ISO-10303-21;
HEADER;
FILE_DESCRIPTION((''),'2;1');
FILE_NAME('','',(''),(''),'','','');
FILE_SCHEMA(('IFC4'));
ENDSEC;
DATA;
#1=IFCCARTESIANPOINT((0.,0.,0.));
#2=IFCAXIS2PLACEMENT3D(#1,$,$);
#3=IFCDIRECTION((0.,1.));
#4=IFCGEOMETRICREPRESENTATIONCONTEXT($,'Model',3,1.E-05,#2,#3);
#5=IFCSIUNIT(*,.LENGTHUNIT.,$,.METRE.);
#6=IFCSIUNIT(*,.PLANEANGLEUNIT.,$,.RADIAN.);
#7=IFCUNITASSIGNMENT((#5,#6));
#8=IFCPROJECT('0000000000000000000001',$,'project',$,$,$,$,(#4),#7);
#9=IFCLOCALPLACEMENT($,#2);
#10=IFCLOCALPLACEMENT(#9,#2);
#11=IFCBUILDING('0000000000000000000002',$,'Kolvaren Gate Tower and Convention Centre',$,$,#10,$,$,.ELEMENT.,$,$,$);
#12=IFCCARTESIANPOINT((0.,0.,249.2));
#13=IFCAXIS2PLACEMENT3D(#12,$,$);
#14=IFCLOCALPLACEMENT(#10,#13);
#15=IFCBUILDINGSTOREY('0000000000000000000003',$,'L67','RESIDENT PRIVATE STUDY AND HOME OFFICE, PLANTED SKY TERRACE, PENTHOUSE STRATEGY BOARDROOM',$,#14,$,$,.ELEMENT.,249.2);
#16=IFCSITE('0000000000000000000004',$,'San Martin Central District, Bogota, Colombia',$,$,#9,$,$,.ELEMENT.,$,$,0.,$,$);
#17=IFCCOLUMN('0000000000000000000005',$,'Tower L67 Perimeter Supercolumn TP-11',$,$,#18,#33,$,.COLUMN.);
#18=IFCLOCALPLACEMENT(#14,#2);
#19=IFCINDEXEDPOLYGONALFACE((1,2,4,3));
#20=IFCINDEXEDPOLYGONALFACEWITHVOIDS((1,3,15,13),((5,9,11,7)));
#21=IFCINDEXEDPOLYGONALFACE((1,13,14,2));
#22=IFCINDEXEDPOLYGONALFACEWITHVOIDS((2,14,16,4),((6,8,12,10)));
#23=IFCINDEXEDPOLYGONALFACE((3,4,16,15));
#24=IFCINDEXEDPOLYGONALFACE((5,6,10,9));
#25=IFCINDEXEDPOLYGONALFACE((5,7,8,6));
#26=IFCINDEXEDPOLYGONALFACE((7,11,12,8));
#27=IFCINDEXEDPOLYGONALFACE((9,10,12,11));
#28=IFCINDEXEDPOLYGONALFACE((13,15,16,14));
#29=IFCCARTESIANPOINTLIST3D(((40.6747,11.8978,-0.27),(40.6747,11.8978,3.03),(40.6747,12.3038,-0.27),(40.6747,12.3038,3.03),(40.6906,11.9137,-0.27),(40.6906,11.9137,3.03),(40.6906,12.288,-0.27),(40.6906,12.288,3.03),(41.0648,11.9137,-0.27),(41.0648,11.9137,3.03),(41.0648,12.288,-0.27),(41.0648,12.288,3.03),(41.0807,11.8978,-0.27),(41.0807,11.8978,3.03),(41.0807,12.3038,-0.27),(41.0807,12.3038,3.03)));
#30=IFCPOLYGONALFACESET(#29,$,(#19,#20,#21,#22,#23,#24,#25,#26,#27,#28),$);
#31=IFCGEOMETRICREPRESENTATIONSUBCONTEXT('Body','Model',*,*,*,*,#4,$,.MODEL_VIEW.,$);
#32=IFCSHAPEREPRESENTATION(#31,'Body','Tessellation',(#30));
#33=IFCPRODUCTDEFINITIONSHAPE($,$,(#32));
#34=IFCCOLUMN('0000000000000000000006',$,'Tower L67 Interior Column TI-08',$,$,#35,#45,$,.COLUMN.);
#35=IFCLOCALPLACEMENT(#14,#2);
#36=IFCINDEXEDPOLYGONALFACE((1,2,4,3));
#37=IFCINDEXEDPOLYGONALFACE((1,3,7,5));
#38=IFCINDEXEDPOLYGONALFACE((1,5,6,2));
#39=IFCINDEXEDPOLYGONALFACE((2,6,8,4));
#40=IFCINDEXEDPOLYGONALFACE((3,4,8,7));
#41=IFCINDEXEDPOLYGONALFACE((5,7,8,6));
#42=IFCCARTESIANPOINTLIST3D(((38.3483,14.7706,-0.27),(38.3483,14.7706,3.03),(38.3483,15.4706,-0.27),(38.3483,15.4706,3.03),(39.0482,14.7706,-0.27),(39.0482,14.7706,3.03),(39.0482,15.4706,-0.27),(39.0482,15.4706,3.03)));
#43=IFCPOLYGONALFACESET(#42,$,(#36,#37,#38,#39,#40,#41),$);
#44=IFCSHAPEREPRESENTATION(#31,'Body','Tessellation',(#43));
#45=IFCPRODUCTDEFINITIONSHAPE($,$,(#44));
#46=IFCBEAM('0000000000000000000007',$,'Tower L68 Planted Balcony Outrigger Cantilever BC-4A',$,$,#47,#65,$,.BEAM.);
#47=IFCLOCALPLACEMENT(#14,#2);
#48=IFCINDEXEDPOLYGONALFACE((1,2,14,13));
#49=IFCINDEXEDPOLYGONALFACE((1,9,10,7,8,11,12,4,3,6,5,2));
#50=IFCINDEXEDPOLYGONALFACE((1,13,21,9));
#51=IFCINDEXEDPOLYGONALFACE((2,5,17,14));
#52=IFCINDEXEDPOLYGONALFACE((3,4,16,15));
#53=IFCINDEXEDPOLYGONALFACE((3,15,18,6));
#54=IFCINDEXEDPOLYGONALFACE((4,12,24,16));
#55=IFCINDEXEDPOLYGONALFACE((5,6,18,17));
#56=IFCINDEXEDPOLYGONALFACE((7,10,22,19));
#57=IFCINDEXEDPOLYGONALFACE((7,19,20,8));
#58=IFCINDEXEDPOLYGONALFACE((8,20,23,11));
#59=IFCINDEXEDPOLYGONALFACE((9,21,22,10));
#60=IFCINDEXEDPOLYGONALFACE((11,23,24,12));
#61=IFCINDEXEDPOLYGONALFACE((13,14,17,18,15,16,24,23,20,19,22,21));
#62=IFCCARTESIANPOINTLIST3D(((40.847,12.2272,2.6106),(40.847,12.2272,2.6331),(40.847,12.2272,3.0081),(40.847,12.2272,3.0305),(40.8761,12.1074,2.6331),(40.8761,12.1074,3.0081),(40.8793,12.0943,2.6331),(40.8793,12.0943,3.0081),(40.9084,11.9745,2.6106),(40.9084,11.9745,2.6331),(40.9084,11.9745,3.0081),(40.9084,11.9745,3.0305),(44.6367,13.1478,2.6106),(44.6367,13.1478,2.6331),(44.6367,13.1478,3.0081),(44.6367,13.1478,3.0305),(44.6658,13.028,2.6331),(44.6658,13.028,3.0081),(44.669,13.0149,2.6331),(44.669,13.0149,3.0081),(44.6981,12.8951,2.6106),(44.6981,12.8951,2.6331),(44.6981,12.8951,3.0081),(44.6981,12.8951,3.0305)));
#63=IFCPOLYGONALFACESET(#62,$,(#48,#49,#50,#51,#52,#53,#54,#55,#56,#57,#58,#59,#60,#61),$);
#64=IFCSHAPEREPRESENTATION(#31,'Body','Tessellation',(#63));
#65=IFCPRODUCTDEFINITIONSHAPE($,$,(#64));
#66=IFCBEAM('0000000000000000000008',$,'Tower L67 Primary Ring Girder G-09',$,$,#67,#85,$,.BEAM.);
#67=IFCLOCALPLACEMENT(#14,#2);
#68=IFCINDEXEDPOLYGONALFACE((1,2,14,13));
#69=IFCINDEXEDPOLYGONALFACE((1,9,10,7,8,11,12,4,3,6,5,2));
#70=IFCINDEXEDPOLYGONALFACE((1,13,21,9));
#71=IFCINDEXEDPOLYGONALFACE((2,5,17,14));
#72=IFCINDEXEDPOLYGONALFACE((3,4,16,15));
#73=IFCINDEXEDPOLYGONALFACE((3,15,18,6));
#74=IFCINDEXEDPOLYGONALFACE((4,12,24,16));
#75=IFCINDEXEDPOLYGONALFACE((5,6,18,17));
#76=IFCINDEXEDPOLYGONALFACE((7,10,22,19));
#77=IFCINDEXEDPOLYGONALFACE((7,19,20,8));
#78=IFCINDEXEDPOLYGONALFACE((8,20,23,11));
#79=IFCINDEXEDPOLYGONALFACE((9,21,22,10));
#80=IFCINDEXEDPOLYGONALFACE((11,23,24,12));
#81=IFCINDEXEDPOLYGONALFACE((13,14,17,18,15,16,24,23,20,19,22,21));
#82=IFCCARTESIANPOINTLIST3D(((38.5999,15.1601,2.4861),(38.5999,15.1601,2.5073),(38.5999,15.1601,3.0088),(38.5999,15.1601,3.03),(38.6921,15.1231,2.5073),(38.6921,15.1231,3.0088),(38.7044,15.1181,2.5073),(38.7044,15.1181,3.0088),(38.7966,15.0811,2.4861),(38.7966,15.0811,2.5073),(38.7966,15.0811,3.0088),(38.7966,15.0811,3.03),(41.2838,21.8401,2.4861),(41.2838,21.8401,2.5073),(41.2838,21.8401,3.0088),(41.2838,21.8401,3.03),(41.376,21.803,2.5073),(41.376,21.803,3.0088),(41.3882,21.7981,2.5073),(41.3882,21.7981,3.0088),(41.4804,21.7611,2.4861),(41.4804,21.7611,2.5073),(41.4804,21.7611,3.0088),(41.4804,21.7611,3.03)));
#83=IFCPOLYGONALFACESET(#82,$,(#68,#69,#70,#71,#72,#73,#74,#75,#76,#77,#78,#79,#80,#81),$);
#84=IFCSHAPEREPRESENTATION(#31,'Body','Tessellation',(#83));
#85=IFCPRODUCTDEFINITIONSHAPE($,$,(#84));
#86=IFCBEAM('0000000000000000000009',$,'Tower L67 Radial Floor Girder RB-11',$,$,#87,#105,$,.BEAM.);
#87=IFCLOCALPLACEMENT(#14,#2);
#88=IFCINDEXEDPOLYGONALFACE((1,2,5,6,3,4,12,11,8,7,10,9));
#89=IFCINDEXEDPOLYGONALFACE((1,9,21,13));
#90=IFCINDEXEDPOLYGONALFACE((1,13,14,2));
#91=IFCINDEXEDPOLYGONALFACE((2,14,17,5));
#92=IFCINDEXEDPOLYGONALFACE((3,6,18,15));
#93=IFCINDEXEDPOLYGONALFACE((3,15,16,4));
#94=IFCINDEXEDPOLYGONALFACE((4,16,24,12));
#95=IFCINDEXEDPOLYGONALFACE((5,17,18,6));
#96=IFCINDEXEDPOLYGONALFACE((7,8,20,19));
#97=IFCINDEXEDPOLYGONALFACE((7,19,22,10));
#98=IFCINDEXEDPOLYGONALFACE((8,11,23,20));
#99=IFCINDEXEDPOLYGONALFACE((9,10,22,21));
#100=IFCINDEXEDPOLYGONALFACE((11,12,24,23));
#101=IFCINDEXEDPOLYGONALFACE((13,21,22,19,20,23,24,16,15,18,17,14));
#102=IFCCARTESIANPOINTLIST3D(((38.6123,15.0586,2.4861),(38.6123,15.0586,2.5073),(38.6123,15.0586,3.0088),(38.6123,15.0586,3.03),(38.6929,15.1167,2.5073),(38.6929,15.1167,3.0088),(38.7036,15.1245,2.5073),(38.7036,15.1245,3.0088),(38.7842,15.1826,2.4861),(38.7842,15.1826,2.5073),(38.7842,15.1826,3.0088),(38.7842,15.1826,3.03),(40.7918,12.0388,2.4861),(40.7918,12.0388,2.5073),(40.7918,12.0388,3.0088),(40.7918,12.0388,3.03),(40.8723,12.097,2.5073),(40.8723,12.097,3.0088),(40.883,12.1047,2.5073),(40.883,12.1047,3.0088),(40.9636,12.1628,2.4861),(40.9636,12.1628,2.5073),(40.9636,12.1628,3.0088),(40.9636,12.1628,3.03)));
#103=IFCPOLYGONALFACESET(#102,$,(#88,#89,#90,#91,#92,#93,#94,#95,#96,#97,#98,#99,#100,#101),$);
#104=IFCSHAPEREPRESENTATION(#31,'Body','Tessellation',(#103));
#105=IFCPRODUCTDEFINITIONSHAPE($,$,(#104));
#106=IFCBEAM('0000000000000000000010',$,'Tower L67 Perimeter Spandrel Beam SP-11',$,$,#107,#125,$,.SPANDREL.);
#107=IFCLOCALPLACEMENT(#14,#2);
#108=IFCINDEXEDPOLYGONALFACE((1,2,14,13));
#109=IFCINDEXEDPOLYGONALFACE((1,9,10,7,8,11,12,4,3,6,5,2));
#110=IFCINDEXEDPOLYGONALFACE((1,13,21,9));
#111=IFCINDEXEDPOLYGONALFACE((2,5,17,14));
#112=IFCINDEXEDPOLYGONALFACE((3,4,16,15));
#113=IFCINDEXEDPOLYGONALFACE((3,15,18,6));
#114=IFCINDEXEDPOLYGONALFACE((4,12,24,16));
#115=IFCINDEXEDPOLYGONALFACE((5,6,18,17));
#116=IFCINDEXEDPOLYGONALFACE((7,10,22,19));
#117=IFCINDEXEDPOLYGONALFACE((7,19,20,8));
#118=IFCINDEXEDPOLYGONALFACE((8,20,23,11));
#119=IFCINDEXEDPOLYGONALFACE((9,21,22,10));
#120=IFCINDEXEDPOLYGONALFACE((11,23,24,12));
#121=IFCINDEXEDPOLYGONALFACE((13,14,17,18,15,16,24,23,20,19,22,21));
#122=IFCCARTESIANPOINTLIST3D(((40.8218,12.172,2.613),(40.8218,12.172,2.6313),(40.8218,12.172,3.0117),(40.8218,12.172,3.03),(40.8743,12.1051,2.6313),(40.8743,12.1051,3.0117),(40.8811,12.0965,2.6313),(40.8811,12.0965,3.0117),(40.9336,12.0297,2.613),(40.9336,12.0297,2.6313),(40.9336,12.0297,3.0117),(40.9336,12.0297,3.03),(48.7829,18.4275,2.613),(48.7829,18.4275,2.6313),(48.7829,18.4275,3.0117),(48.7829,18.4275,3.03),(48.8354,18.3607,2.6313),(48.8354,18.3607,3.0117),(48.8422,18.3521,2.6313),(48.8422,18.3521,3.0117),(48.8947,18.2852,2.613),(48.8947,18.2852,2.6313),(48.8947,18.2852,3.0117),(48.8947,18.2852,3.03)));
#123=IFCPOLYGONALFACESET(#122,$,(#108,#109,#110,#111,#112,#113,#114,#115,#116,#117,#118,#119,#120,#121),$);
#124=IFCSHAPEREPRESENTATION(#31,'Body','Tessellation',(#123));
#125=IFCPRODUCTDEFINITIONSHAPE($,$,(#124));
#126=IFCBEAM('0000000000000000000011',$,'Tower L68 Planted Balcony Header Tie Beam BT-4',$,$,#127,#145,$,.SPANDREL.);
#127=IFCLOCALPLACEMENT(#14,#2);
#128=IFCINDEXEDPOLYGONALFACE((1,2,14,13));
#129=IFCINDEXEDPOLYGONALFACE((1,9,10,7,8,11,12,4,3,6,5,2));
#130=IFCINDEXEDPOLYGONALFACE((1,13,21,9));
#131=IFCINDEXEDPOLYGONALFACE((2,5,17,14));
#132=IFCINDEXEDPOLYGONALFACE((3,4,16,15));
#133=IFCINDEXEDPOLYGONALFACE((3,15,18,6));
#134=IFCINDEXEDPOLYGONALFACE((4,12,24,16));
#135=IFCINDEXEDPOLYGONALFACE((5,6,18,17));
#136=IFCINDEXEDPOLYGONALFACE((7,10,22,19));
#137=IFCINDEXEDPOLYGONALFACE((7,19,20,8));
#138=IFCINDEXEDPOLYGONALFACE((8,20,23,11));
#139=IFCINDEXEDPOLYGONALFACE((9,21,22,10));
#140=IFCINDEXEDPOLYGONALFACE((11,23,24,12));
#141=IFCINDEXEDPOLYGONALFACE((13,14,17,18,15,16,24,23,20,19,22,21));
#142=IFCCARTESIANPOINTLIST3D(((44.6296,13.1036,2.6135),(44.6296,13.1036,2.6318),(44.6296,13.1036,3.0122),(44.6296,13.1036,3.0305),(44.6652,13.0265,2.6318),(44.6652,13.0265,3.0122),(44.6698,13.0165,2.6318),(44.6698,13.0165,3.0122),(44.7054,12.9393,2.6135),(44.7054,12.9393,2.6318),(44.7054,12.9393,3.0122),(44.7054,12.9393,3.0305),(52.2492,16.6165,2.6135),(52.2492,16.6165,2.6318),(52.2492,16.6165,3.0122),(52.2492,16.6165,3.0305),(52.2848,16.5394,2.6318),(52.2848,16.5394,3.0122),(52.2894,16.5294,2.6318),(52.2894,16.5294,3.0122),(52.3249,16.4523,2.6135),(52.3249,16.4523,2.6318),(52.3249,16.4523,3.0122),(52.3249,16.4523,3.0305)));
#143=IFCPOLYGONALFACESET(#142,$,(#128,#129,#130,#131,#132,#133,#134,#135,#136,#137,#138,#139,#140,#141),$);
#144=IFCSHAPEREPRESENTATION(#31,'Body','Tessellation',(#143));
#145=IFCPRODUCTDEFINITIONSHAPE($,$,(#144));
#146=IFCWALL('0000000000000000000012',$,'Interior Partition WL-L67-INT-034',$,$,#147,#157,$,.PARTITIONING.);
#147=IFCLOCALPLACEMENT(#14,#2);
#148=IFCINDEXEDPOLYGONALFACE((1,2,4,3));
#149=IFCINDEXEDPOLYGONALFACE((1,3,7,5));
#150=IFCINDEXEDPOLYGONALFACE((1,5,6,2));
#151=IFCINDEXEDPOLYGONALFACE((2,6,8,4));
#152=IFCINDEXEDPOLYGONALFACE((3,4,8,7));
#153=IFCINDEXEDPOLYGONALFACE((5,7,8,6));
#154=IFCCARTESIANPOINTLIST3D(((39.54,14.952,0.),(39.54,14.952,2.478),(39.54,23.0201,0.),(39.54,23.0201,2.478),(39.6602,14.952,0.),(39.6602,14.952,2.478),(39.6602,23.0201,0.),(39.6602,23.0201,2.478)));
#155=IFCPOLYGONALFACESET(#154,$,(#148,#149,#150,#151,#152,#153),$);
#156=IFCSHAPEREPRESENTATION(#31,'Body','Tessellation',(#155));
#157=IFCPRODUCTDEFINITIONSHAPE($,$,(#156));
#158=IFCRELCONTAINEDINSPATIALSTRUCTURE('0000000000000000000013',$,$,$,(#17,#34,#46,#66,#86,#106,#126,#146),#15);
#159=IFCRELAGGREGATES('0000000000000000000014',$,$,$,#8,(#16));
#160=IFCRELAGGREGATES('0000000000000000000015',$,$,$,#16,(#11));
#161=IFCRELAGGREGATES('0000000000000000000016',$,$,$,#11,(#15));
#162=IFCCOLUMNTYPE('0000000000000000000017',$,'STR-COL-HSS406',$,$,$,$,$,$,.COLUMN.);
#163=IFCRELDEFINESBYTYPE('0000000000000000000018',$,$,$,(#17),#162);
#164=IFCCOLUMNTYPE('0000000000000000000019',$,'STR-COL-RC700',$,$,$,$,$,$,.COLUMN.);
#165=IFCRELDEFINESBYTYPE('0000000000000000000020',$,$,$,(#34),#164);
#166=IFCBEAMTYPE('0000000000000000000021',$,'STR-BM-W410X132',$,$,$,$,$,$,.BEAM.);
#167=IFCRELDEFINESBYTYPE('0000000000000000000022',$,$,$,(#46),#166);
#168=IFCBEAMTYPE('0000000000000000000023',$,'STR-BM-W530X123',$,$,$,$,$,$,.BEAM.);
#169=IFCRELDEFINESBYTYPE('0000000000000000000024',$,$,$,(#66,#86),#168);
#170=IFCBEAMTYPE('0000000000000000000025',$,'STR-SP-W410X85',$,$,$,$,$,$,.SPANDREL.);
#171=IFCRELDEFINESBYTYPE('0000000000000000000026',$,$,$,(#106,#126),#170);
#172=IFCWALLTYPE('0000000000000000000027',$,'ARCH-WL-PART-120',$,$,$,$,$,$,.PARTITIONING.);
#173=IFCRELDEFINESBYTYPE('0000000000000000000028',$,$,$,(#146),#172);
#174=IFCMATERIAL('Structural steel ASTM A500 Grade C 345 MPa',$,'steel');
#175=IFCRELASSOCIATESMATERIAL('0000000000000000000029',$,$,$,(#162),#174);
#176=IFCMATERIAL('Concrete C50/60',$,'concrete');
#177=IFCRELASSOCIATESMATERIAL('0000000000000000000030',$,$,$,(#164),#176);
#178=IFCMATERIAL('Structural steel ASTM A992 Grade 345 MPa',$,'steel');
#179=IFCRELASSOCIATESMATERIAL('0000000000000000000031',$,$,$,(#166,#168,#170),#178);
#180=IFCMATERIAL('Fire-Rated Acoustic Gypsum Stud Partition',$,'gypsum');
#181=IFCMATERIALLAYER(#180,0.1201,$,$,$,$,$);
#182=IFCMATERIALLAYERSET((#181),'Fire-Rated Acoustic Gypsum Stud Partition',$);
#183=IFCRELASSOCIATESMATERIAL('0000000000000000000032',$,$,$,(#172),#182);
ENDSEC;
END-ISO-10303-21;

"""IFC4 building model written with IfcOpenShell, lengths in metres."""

from ifc_helpers import new_model, si_unit, direction, frame, frame_2d, origin, origin_2d, place, context, subcontext, project, spatial, rectangle, hollow_rectangle, i_section, extrude, material, layer, layer_set, material_profile, profile_set, type_object, element, save


model = new_model("IFC4")

# Units and contexts
model_context = context("Model", 3, precision=1e-05, world=origin(), true_north=direction((0.0, 1.0)))
body_context = subcontext(model_context, "Body", "Model", "MODEL_VIEW")
ifc_project = project(units=[si_unit("LENGTHUNIT", "METRE"), si_unit("PLANEANGLEUNIT", "RADIAN")], contexts=[model_context])

# Site, building, storey
site_placement = place(None, origin())
site = spatial("IfcSite", under=ifc_project, at=site_placement, Name="San Martin Central District, Bogota, Colombia", CompositionType="ELEMENT", RefElevation=0.0)
building_placement = place(site_placement, origin())
building = spatial("IfcBuilding", under=site, at=building_placement, Name="Kolvaren Gate Tower and Convention Centre", CompositionType="ELEMENT")
storey_placement = place(building_placement, frame((0.0, 0.0, 249.2)))
storey = spatial("IfcBuildingStorey", under=building, at=storey_placement, Name="L67", Description="RESIDENT PRIVATE STUDY AND HOME OFFICE, PLANTED SKY TERRACE, PENTHOUSE STRATEGY BOARDROOM", CompositionType="ELEMENT", Elevation=249.2)

# Columns
ifc_material_1 = material(Name="Structural steel ASTM A500 Grade C 345 MPa", Category="steel")
ifc_material_profile_1 = material_profile(ifc_material_1, hollow_rectangle(XDim=0.406, YDim=0.406, WallThickness=0.0159, at=origin_2d()), Name="HSS406X406X15.9")
ifc_profile_set_1 = profile_set([ifc_material_profile_1], Name="Structural steel ASTM A500 Grade C 345 MPa")
column_type_1 = type_object("IfcColumnType", Name="STR-COL-HSS406", PredefinedType="COLUMN", material=ifc_profile_set_1)
column_1_placement = place(storey_placement, frame((40.8777, 12.1008, -0.27), z_axis=(0.0, 0.0, 1.0), x_axis=(1.0, 0.0, 0.0)))
element("IfcColumn", 1, at=column_1_placement, inside=storey, type_object=column_type_1, Name="Tower L67 Perimeter Supercolumn TP-11", PredefinedType="COLUMN", context=body_context, shape_type="SweptSolid", body=[
    extrude(hollow_rectangle(XDim=0.406, YDim=0.406, WallThickness=0.0159, at=origin_2d()), origin(), (0.0, 0.0, 1.0), 3.3),
])
ifc_material_2 = material(Name="Concrete C50/60", Category="concrete")
ifc_material_profile_2 = material_profile(ifc_material_2, rectangle(XDim=0.7, YDim=0.7, at=origin_2d()), Name="RC-COL-700X700")
ifc_profile_set_2 = profile_set([ifc_material_profile_2], Name="Concrete C50/60")
column_type_2 = type_object("IfcColumnType", Name="STR-COL-RC700", PredefinedType="COLUMN", material=ifc_profile_set_2)
column_2_placement = place(storey_placement, frame((38.6982, 15.1206, -0.27), z_axis=(0.0, 0.0, 1.0), x_axis=(1.0, 0.0, 0.0)))
element("IfcColumn", 2, at=column_2_placement, inside=storey, type_object=column_type_2, Name="Tower L67 Interior Column TI-08", PredefinedType="COLUMN", context=body_context, shape_type="SweptSolid", body=[
    extrude(rectangle(XDim=0.7, YDim=0.7, at=origin_2d()), origin(), (0.0, 0.0, 1.0), 3.3),
])

# Beams
ifc_material_3 = material(Name="Structural steel ASTM A992 Grade 345 MPa", Category="steel")
ifc_material_profile_3 = material_profile(ifc_material_3, i_section(OverallWidth=0.26, OverallDepth=0.4199, WebThickness=0.0134, FlangeThickness=0.0225, at=origin_2d()), Name="W410X132")
ifc_profile_set_3 = profile_set([ifc_material_profile_3], Name="Structural steel ASTM A992 Grade 345 MPa")
beam_type_1 = type_object("IfcBeamType", Name="STR-BM-W410X132", PredefinedType="BEAM", material=ifc_profile_set_3)
beam_1_placement = place(storey_placement, frame((40.8777, 12.1008, 2.8206), z_axis=(0.971737, 0.236064, 0.0), x_axis=(-0.236064, 0.971737, 0.0)))
element("IfcBeam", 3, at=beam_1_placement, inside=storey, type_object=beam_type_1, Name="Tower L68 Planted Balcony Outrigger Cantilever BC-4A", PredefinedType="BEAM", context=body_context, shape_type="SweptSolid", body=[
    extrude(i_section(OverallWidth=0.26, OverallDepth=0.4199, WebThickness=0.0134, FlangeThickness=0.0225, at=origin_2d()), origin(), (0.0, 0.0, 1.0), 3.8999),
])
ifc_material_profile_4 = material_profile(ifc_material_3, i_section(OverallWidth=0.2119, OverallDepth=0.5439, WebThickness=0.0132, FlangeThickness=0.0212, at=origin_2d()), Name="W530X123")
ifc_profile_set_4 = profile_set([ifc_material_profile_4], Name="Structural steel ASTM A992 Grade 345 MPa")
beam_type_2 = type_object("IfcBeamType", Name="STR-BM-W530X123", PredefinedType="BEAM", material=ifc_profile_set_4)
beam_2_placement = place(storey_placement, frame((38.6982, 15.1206, 2.7581), z_axis=(0.372811, 0.927907, 0.0), x_axis=(-0.927907, 0.372811, 0.0)))
element("IfcBeam", 4, at=beam_2_placement, inside=storey, type_object=beam_type_2, Name="Tower L67 Primary Ring Girder G-09", PredefinedType="BEAM", context=body_context, shape_type="SweptSolid", body=[
    extrude(i_section(OverallWidth=0.2119, OverallDepth=0.5439, WebThickness=0.0132, FlangeThickness=0.0212, at=origin_2d()), origin(), (0.0, 0.0, 1.0), 7.199),
])
beam_3_placement = place(storey_placement, frame((38.6982, 15.1206, 2.7581), z_axis=(0.585225, -0.810871, 0.0), x_axis=(0.810871, 0.585225, 0.0)))
element("IfcBeam", 5, at=beam_3_placement, inside=storey, type_object=beam_type_2, Name="Tower L67 Radial Floor Girder RB-11", PredefinedType="BEAM", context=body_context, shape_type="SweptSolid", body=[
    extrude(i_section(OverallWidth=0.2119, OverallDepth=0.5439, WebThickness=0.0132, FlangeThickness=0.0212, at=origin_2d()), origin(), (0.0, 0.0, 1.0), 3.7241),
])
ifc_material_profile_5 = material_profile(ifc_material_3, i_section(OverallWidth=0.1809, OverallDepth=0.417, WebThickness=0.011, FlangeThickness=0.0183, at=origin_2d()), Name="W410X85")
ifc_profile_set_5 = profile_set([ifc_material_profile_5], Name="Structural steel ASTM A992 Grade 345 MPa")
beam_type_3 = type_object("IfcBeamType", Name="STR-SP-W410X85", PredefinedType="SPANDREL", material=ifc_profile_set_5)
beam_4_placement = place(storey_placement, frame((40.8777, 12.1008, 2.8215), z_axis=(0.786299, 0.617846, 0.0), x_axis=(-0.617846, 0.786299, 0.0)))
element("IfcBeam", 6, at=beam_4_placement, inside=storey, type_object=beam_type_3, Name="Tower L67 Perimeter Spandrel Beam SP-11", PredefinedType="SPANDREL", context=body_context, shape_type="SweptSolid", body=[
    extrude(i_section(OverallWidth=0.1809, OverallDepth=0.417, WebThickness=0.011, FlangeThickness=0.0183, at=origin_2d()), origin(), (0.0, 0.0, 1.0), 10.1248),
])
beam_5_placement = place(storey_placement, frame((44.6675, 13.0215, 2.822), z_axis=(0.908132, 0.418684, 0.0), x_axis=(-0.418684, 0.908132, 0.0)))
element("IfcBeam", 7, at=beam_5_placement, inside=storey, type_object=beam_type_3, Name="Tower L68 Planted Balcony Header Tie Beam BT-4", PredefinedType="SPANDREL", context=body_context, shape_type="SweptSolid", body=[
    extrude(i_section(OverallWidth=0.1809, OverallDepth=0.417, WebThickness=0.011, FlangeThickness=0.0183, at=origin_2d()), origin(), (0.0, 0.0, 1.0), 8.3904),
])

# Wall
ifc_material_4 = material(Name="Fire-Rated Acoustic Gypsum Stud Partition", Category="gypsum")
ifc_layer_1 = layer(ifc_material_4, 0.1201)
ifc_layer_set_1 = layer_set([ifc_layer_1], Name="Fire-Rated Acoustic Gypsum Stud Partition")
wall_type_1 = type_object("IfcWallType", Name="ARCH-WL-PART-120", PredefinedType="PARTITIONING", material=ifc_layer_set_1)
wall_1_placement = place(storey_placement, frame((39.6001, 14.9519, 0.0), z_axis=(0.0, 0.0, 1.0), x_axis=(0.0, 1.0, 0.0)))
element("IfcWall", 8, at=wall_1_placement, inside=storey, type_object=wall_type_1, Name="Interior Partition WL-L67-INT-034", PredefinedType="PARTITIONING", context=body_context, shape_type="SweptSolid", body=[
    extrude(rectangle(XDim=8.0681, YDim=0.1201, at=frame_2d((4.0342, 0.0))), origin(), (0.0, 0.0, 1.0), 2.478),
])

save(model, "model.ifc")
